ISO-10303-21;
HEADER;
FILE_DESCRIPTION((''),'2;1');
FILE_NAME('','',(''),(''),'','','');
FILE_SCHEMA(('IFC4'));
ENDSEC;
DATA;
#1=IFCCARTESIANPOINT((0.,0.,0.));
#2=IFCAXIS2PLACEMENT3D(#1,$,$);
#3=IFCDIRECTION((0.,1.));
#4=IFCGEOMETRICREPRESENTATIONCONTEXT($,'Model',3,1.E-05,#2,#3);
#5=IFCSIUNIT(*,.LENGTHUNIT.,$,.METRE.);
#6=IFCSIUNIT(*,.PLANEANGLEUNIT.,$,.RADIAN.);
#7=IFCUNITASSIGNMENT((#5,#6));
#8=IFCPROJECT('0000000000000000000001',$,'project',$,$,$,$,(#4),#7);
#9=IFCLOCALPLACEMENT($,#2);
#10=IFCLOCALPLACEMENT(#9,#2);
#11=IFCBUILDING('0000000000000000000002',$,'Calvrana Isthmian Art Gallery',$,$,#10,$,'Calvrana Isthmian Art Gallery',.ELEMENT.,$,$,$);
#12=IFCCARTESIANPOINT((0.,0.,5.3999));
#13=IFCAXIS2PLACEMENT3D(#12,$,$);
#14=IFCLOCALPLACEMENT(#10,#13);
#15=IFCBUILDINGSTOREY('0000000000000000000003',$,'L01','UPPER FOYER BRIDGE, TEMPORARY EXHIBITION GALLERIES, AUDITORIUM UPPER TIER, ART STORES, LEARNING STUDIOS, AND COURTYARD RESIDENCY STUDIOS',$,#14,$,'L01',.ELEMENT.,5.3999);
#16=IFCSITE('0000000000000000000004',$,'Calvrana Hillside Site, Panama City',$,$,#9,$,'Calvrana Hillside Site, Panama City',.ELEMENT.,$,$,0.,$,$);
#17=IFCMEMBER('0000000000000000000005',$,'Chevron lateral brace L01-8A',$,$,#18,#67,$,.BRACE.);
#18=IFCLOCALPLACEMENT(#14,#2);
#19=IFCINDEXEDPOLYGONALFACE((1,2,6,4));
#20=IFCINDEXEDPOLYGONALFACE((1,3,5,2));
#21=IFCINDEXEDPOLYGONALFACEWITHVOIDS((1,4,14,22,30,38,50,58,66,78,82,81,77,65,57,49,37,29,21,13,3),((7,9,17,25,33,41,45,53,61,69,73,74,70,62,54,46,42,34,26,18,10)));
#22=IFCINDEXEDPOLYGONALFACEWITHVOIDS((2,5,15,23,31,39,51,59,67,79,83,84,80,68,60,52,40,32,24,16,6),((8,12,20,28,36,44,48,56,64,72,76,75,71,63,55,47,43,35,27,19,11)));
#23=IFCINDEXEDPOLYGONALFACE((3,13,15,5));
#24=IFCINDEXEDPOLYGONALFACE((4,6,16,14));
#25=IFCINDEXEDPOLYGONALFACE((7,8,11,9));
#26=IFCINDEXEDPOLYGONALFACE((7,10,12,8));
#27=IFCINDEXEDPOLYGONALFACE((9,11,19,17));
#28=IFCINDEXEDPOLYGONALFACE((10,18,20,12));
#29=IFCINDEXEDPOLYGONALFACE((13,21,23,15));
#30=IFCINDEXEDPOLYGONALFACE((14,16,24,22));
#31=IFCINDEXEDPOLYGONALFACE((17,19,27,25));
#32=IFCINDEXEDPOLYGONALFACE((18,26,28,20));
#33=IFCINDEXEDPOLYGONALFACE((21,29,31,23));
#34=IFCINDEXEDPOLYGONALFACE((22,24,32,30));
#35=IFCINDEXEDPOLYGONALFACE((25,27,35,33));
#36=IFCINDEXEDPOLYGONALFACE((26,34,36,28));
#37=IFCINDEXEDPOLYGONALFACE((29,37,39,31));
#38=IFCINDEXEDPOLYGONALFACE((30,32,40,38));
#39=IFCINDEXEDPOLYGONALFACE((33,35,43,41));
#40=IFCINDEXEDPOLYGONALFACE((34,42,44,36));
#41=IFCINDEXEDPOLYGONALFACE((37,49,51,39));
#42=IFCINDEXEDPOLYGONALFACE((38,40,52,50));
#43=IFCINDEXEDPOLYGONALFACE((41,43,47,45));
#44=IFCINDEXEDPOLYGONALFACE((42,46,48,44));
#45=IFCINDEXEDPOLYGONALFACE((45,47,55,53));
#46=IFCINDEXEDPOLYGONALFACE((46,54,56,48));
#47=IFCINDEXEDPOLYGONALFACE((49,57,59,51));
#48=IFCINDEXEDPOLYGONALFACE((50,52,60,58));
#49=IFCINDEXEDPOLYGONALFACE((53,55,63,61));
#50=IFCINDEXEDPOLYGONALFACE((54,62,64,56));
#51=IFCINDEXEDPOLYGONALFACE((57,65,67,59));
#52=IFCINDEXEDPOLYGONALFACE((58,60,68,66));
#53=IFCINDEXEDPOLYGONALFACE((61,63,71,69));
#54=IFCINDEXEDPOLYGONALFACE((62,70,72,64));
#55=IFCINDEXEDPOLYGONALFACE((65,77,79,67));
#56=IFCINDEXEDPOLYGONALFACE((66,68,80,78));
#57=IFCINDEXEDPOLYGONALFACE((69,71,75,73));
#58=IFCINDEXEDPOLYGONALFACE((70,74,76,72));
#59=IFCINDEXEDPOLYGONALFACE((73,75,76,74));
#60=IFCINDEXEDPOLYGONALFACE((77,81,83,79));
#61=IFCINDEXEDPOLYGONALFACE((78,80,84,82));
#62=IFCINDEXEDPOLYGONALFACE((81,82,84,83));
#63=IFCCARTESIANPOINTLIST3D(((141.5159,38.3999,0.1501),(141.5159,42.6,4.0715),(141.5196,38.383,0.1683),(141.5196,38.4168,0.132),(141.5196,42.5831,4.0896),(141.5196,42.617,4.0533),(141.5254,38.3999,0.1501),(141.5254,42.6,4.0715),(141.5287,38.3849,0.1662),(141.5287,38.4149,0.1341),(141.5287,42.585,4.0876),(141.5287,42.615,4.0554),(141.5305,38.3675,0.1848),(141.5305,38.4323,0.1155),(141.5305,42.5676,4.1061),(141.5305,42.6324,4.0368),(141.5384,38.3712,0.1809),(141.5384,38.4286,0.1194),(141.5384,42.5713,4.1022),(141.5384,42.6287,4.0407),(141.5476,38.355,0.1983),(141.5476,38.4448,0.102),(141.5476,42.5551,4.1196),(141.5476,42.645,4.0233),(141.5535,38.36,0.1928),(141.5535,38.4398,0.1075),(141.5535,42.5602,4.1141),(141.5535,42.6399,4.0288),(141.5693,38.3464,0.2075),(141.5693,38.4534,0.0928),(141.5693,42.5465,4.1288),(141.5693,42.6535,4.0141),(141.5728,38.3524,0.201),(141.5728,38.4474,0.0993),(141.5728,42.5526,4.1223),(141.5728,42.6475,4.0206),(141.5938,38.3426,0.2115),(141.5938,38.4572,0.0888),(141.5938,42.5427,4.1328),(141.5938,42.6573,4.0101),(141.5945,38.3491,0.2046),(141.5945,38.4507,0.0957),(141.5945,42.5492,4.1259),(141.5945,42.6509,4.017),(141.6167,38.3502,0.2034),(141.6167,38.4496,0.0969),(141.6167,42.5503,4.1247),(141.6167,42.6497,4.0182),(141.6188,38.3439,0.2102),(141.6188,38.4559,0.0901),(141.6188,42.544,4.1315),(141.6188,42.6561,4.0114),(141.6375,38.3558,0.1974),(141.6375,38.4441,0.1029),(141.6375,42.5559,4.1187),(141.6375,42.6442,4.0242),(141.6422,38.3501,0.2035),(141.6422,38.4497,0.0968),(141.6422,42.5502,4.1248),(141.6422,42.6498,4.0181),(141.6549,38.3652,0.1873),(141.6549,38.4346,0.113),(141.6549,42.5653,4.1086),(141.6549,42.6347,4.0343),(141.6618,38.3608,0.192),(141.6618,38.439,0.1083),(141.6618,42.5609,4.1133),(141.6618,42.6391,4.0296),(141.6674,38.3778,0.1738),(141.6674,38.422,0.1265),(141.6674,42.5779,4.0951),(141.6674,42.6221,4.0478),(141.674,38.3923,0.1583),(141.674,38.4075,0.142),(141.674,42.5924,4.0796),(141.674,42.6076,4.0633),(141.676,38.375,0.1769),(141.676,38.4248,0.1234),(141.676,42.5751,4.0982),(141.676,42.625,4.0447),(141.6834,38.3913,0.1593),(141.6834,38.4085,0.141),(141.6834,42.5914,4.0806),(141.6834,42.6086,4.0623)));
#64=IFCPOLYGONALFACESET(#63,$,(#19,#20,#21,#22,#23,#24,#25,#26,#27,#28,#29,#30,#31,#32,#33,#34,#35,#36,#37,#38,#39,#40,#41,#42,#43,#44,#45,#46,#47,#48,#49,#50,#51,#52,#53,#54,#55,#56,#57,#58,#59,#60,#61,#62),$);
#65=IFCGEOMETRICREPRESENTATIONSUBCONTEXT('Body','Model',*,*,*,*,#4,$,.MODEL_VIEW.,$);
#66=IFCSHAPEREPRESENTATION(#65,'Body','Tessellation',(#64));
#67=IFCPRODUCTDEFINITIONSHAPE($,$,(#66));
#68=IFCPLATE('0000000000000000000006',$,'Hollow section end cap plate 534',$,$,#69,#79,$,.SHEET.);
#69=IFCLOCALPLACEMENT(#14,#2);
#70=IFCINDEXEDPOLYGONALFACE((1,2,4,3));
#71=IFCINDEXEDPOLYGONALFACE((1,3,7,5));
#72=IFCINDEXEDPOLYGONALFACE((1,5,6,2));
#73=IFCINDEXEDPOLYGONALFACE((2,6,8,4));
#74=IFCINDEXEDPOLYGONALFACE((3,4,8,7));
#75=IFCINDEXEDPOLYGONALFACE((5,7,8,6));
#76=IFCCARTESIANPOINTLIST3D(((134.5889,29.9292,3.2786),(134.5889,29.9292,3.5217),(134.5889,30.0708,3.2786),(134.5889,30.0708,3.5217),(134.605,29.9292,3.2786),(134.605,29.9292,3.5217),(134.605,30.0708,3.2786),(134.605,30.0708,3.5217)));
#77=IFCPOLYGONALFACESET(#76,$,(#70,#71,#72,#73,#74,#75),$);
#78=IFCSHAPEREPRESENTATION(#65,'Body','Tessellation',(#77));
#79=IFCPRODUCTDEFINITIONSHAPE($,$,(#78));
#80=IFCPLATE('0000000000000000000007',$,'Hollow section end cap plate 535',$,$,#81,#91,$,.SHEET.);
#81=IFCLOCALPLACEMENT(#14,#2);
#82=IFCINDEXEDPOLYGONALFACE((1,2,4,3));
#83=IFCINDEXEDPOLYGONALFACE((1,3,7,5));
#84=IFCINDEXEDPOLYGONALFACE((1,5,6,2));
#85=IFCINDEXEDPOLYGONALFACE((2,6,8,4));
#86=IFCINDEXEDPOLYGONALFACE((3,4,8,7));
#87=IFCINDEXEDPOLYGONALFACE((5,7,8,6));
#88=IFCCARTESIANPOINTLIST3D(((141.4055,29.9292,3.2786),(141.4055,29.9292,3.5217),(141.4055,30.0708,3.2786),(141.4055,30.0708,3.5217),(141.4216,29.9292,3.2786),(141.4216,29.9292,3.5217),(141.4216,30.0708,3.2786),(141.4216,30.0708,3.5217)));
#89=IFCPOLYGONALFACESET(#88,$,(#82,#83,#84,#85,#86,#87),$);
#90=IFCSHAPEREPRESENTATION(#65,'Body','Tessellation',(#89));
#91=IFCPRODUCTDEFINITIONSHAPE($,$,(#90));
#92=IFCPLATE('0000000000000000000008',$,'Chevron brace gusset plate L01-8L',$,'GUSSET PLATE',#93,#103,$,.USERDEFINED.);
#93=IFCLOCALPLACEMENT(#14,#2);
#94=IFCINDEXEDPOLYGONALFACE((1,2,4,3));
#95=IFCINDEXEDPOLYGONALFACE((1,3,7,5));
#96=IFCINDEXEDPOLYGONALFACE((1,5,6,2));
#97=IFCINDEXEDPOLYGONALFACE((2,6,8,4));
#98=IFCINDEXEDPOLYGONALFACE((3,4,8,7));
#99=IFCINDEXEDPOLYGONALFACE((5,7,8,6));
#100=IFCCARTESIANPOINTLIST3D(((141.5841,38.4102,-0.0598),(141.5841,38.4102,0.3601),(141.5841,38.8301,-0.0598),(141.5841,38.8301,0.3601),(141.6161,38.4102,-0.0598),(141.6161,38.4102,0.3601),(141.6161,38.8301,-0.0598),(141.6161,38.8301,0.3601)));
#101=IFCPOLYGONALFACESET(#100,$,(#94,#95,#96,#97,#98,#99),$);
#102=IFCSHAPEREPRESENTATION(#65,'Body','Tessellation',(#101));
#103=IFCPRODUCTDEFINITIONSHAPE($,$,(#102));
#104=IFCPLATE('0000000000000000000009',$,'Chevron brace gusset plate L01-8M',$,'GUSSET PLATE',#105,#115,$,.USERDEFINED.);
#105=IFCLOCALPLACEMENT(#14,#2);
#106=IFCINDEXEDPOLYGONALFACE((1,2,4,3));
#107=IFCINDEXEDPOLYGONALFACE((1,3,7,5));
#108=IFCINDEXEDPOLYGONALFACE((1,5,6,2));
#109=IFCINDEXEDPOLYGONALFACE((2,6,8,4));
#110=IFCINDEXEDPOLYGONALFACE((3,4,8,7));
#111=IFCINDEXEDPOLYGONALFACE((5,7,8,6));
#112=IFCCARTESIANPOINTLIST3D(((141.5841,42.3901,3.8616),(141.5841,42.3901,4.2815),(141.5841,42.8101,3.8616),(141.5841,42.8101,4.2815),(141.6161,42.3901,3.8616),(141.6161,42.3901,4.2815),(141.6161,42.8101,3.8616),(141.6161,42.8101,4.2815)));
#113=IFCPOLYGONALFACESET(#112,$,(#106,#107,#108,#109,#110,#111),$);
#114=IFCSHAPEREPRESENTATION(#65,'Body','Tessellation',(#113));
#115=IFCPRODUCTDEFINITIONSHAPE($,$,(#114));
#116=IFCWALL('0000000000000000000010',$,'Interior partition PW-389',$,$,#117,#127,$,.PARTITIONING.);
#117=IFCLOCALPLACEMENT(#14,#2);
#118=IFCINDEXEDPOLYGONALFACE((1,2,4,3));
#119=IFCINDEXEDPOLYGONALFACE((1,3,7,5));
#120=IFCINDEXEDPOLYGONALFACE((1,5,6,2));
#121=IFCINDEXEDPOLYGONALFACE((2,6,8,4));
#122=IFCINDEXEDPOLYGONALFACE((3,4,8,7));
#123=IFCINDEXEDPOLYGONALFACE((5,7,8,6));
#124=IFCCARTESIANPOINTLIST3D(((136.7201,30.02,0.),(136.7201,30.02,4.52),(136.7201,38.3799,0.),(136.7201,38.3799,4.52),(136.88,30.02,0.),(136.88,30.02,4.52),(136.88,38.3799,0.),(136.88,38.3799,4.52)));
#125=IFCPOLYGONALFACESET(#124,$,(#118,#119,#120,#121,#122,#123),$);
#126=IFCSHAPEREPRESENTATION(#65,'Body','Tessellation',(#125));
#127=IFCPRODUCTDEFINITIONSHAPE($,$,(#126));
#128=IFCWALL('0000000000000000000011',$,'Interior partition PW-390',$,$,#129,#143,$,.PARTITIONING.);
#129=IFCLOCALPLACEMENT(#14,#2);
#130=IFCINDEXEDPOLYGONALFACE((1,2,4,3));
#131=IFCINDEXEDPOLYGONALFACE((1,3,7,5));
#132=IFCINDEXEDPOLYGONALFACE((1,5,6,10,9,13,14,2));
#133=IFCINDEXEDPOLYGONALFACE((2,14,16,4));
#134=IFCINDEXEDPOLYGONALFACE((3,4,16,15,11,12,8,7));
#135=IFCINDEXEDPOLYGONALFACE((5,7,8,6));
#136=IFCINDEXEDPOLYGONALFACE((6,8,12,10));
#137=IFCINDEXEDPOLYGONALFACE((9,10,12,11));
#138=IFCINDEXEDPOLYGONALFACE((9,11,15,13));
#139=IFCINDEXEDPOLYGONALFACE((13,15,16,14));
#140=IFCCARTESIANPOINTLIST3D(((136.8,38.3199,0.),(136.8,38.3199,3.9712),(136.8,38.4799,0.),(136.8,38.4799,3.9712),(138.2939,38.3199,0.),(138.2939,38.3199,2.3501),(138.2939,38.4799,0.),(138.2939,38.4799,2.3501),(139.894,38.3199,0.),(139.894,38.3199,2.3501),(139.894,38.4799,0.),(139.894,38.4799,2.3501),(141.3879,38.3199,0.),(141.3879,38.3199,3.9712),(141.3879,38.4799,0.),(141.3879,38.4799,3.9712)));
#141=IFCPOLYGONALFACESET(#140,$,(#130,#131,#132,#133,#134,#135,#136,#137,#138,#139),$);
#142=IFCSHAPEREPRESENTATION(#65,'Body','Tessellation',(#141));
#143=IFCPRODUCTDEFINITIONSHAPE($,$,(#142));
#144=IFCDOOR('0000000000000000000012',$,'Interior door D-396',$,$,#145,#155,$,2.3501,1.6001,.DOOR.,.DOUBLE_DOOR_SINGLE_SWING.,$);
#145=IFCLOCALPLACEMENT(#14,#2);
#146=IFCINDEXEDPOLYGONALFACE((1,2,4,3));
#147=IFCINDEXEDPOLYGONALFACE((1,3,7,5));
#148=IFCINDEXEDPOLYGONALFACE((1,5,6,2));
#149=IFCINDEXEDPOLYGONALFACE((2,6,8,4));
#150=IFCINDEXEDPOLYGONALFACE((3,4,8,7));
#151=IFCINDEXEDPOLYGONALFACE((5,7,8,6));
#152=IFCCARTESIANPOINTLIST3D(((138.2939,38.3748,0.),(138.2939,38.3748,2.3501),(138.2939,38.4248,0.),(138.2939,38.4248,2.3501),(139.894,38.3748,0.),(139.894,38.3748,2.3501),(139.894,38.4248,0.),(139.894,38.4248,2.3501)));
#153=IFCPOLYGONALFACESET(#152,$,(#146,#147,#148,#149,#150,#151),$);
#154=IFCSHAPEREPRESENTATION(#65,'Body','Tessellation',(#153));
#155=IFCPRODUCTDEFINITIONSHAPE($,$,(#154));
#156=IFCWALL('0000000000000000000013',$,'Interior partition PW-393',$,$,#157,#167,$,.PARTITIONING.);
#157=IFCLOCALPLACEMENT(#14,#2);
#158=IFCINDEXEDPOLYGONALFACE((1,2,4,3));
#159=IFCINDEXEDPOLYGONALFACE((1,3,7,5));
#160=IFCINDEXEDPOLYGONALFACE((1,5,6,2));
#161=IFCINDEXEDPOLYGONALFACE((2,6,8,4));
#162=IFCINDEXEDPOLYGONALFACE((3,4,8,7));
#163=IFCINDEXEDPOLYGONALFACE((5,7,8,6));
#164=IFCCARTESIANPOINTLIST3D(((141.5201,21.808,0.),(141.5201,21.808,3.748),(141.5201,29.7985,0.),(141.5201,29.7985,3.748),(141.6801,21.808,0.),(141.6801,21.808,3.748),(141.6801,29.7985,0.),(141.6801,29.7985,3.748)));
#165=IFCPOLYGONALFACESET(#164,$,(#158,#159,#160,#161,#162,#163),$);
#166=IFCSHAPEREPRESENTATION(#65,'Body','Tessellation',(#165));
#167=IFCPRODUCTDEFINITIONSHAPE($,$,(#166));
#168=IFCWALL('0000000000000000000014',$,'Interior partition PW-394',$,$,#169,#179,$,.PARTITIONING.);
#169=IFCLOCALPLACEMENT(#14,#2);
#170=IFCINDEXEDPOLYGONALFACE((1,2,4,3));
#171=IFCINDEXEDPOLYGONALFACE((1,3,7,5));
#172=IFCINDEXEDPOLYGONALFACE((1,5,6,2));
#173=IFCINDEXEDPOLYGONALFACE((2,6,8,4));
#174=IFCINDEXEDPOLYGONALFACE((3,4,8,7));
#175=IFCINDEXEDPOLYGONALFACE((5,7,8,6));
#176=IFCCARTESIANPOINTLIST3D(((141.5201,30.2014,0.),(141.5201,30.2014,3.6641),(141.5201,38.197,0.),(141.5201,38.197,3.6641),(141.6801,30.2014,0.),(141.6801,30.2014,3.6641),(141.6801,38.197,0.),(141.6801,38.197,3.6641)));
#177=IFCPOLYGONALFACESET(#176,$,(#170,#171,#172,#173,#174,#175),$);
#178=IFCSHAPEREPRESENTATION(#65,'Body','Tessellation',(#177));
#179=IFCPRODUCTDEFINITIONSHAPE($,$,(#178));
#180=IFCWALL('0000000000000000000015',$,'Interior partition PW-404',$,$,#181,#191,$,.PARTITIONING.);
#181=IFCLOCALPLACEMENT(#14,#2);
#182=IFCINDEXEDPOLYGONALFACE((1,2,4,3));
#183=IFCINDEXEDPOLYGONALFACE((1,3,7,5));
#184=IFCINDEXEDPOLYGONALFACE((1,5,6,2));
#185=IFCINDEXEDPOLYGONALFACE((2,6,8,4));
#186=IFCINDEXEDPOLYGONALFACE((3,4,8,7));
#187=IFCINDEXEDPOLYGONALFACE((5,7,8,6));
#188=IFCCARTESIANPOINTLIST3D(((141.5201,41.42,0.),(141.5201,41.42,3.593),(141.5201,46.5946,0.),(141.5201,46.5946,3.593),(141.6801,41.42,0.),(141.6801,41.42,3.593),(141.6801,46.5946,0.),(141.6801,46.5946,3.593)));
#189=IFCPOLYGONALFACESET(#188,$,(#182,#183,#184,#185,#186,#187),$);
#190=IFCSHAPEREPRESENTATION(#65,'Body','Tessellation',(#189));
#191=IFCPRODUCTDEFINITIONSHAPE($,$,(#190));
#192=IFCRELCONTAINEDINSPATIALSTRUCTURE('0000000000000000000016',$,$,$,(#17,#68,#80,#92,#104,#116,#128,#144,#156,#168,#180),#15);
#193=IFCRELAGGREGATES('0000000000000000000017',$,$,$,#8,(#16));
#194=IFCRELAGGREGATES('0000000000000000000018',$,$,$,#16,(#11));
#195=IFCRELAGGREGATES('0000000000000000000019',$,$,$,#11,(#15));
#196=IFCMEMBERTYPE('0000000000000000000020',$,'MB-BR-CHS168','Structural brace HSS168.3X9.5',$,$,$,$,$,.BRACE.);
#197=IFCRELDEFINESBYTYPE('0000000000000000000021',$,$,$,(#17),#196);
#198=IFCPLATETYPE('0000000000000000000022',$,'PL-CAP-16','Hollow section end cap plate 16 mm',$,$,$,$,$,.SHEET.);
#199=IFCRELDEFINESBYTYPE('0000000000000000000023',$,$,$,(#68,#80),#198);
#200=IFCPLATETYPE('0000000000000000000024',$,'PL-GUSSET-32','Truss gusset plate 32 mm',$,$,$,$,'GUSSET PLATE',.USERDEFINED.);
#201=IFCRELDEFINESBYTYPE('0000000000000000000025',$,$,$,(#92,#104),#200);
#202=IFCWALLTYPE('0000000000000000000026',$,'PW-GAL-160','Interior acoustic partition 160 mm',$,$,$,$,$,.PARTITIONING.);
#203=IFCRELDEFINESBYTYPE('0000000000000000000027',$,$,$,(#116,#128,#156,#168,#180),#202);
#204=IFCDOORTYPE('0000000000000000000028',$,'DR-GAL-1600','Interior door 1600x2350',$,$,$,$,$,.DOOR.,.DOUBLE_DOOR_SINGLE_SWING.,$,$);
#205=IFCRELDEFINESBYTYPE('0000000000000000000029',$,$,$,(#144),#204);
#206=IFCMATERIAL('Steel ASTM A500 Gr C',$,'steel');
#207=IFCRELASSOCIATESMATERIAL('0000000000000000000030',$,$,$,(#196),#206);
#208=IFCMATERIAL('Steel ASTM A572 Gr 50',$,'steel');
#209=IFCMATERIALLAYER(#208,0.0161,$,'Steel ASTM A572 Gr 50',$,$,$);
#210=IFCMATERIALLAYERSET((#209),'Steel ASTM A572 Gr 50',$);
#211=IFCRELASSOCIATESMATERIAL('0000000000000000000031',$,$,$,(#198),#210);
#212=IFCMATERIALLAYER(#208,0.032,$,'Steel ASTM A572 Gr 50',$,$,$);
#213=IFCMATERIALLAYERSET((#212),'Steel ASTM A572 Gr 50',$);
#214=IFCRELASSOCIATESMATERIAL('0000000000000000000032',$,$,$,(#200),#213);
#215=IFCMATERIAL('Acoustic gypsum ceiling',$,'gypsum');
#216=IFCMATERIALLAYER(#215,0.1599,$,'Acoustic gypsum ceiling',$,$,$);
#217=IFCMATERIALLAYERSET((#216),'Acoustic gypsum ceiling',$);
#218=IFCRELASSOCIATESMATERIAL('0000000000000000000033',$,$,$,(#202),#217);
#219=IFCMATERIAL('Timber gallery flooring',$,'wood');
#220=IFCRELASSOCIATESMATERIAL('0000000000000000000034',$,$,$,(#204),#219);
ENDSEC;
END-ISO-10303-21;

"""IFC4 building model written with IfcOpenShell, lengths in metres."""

from ifc_helpers import new_model, si_unit, direction, frame, frame_2d, origin, origin_2d, place, context, subcontext, project, spatial, rectangle, hollow_circle, extrude, material, layer, layer_set, material_profile, profile_set, type_object, element, fill, save


model = new_model("IFC4")

# Units and contexts
model_context = context("Model", 3, precision=1e-05, world=origin(), true_north=direction((0.0, 1.0)))
body_context = subcontext(model_context, "Body", "Model", "MODEL_VIEW")
ifc_project = project(units=[si_unit("LENGTHUNIT", "METRE"), si_unit("PLANEANGLEUNIT", "RADIAN")], contexts=[model_context])

# Site, building, storey
site_placement = place(None, origin())
site = spatial("IfcSite", under=ifc_project, at=site_placement, Name="Calvrana Hillside Site, Panama City", LongName="Calvrana Hillside Site, Panama City", CompositionType="ELEMENT", RefElevation=0.0)
building_placement = place(site_placement, origin())
building = spatial("IfcBuilding", under=site, at=building_placement, Name="Calvrana Isthmian Art Gallery", LongName="Calvrana Isthmian Art Gallery", CompositionType="ELEMENT")
storey_placement = place(building_placement, frame((0.0, 0.0, 5.3999)))
storey = spatial("IfcBuildingStorey", under=building, at=storey_placement, Name="L01", Description="UPPER FOYER BRIDGE, TEMPORARY EXHIBITION GALLERIES, AUDITORIUM UPPER TIER, ART STORES, LEARNING STUDIOS, AND COURTYARD RESIDENCY STUDIOS", LongName="L01", CompositionType="ELEMENT", Elevation=5.3999)

# Shared definitions
ifc_material_1 = material(Name="Steel ASTM A500 Gr C", Category="steel")

# Member
ifc_material_profile_1 = material_profile(ifc_material_1, hollow_circle(Radius=0.0842, WallThickness=0.0095, at=origin_2d()), Name="HSS168.3X9.5")
ifc_profile_set_1 = profile_set([ifc_material_profile_1], Name="Steel ASTM A500 Gr C")
member_type = type_object("IfcMemberType", Name="MB-BR-CHS168", Description="Structural brace HSS168.3X9.5", PredefinedType="BRACE", material=ifc_profile_set_1)
member_placement = place(storey_placement, frame((141.6001, 38.3999, 0.1501), z_axis=(0.0, 0.730951, 0.68243), x_axis=(-1.0, 0.0, 0.0)))
element("IfcMember", 1, at=member_placement, inside=storey, type_object=member_type, Name="Chevron lateral brace L01-8A", PredefinedType="BRACE", context=body_context, shape_type="SweptSolid", body=[
    extrude(hollow_circle(Radius=0.0842, WallThickness=0.0095, at=origin_2d()), origin(), (0.0, 0.0, 1.0), 5.7461),
])

# Plates
ifc_material_2 = material(Name="Steel ASTM A572 Gr 50", Category="steel")
ifc_layer_1 = layer(ifc_material_2, 0.0161, Name="Steel ASTM A572 Gr 50")
ifc_layer_set_1 = layer_set([ifc_layer_1], Name="Steel ASTM A572 Gr 50")
plate_type_1 = type_object("IfcPlateType", Name="PL-CAP-16", Description="Hollow section end cap plate 16 mm", PredefinedType="SHEET", material=ifc_layer_set_1)
for number, where, z_axis, x_axis, name in (
    (2, (134.5969, 30.0, 3.2786), (0.0, 0.0, 1.0), (1.0, 0.0, 0.0), "Hollow section end cap plate 534"),
    (3, (141.4136, 30.0, 3.2786), (0.0, 0.0, 1.0), (1.0, 0.0, 0.0), "Hollow section end cap plate 535"),
):
    element("IfcPlate", number, at=place(storey_placement, frame(where, z_axis=z_axis, x_axis=x_axis)), inside=storey, type_object=plate_type_1, Name=name, PredefinedType="SHEET", context=body_context, shape_type="SweptSolid", body=[
        extrude(rectangle(XDim=0.0161, YDim=0.1416, at=origin_2d()), origin(), (0.0, 0.0, 1.0), 0.2432),
    ])
ifc_layer_2 = layer(ifc_material_2, 0.032, Name="Steel ASTM A572 Gr 50")
ifc_layer_set_2 = layer_set([ifc_layer_2], Name="Steel ASTM A572 Gr 50")
plate_type_2 = type_object("IfcPlateType", Name="PL-GUSSET-32", Description="Truss gusset plate 32 mm", ElementType="GUSSET PLATE", PredefinedType="USERDEFINED", material=ifc_layer_set_2)
for number, where, z_axis, x_axis, name in (
    (4, (141.6001, 38.6201, -0.0598), (0.0, 0.0, 1.0), (1.0, 0.0, 0.0), "Chevron brace gusset plate L01-8L"),
    (5, (141.6001, 42.6001, 3.8616), (0.0, 0.0, 1.0), (1.0, 0.0, 0.0), "Chevron brace gusset plate L01-8M"),
):
    element("IfcPlate", number, at=place(storey_placement, frame(where, z_axis=z_axis, x_axis=x_axis)), inside=storey, type_object=plate_type_2, Name=name, ObjectType="GUSSET PLATE", PredefinedType="USERDEFINED", context=body_context, shape_type="SweptSolid", body=[
        extrude(rectangle(XDim=0.032, YDim=0.4199, at=origin_2d()), origin(), (0.0, 0.0, 1.0), 0.4199),
    ])

# Wall
ifc_material_3 = material(Name="Acoustic gypsum ceiling", Category="gypsum")
ifc_layer_3 = layer(ifc_material_3, 0.1599, Name="Acoustic gypsum ceiling")
ifc_layer_set_3 = layer_set([ifc_layer_3], Name="Acoustic gypsum ceiling")
wall_type = type_object("IfcWallType", Name="PW-GAL-160", Description="Interior acoustic partition 160 mm", PredefinedType="PARTITIONING", material=ifc_layer_set_3)
wall_1_placement = place(storey_placement, frame((136.8, 30.02, 0.0), z_axis=(0.0, 0.0, 1.0), x_axis=(0.0, 1.0, 0.0)))
element("IfcWall", 6, at=wall_1_placement, inside=storey, type_object=wall_type, Name="Interior partition PW-389", PredefinedType="PARTITIONING", context=body_context, shape_type="SweptSolid", body=[
    extrude(rectangle(XDim=8.3599, YDim=0.1599, at=frame_2d((4.1799, 0.0))), origin(), (0.0, 0.0, 1.0), 4.52),
])

# Wall, opening, door
wall_2_placement = place(storey_placement, frame((136.8, 38.3999, 0.0), z_axis=(0.0, 0.0, 1.0), x_axis=(1.0, 0.0, 0.0)))
wall_2 = element("IfcWall", 7, at=wall_2_placement, inside=storey, type_object=wall_type, Name="Interior partition PW-390", PredefinedType="PARTITIONING", context=body_context, shape_type="SweptSolid", body=[
    extrude(rectangle(XDim=4.5879, YDim=0.1599, at=frame_2d((2.2939, 0.0))), origin(), (0.0, 0.0, 1.0), 3.9712),
])
opening_1_placement = place(wall_2_placement, frame((1.4939, 0.0, 0.0)))
opening_1 = element("IfcOpeningElement", 8, at=opening_1_placement, cuts=wall_2, PredefinedType="OPENING", context=body_context, shape_type="SweptSolid", body=[
    extrude(rectangle(XDim=1.6001, YDim=2.3501, at=frame_2d((0.8, 1.175))), frame((0.0, 0.0903, 0.0), z_axis=(0.0, -1.0, 0.0), x_axis=(1.0, 0.0, 0.0)), (0.0, 0.0, 1.0), 0.1804),
])
ifc_material_4 = material(Name="Timber gallery flooring", Category="wood")
door_type_1 = type_object("IfcDoorType", Name="DR-GAL-1600", Description="Interior door 1600x2350", OperationType="DOUBLE_DOOR_SINGLE_SWING", PredefinedType="DOOR", material=ifc_material_4)
door_1_placement = place(opening_1_placement, origin())
door_1 = element("IfcDoor", 9, at=door_1_placement, inside=storey, type_object=door_type_1, Name="Interior door D-396", OperationType="DOUBLE_DOOR_SINGLE_SWING", OverallHeight=2.3501, OverallWidth=1.6001, PredefinedType="DOOR", context=body_context, shape_type="SweptSolid", body=[
    extrude(rectangle(XDim=1.6001, YDim=2.3501, at=frame_2d((0.8, 1.175))), frame((0.0, 0.0249, 0.0), z_axis=(0.0, -1.0, 0.0), x_axis=(1.0, 0.0, 0.0)), (0.0, 0.0, 1.0), 0.05),
])
fill(opening_1, door_1)

# Walls
wall_3_placement = place(storey_placement, frame((141.6001, 21.8081, 0.0), z_axis=(0.0, 0.0, 1.0), x_axis=(0.0, 1.0, 0.0)))
element("IfcWall", 10, at=wall_3_placement, inside=storey, type_object=wall_type, Name="Interior partition PW-393", PredefinedType="PARTITIONING", context=body_context, shape_type="SweptSolid", body=[
    extrude(rectangle(XDim=7.9905, YDim=0.1599, at=frame_2d((3.9951, 0.0))), origin(), (0.0, 0.0, 1.0), 3.748),
])
wall_4_placement = place(storey_placement, frame((141.6001, 30.2014, 0.0), z_axis=(0.0, 0.0, 1.0), x_axis=(0.0, 1.0, 0.0)))
element("IfcWall", 11, at=wall_4_placement, inside=storey, type_object=wall_type, Name="Interior partition PW-394", PredefinedType="PARTITIONING", context=body_context, shape_type="SweptSolid", body=[
    extrude(rectangle(XDim=7.9956, YDim=0.1599, at=frame_2d((3.9978, 0.0))), origin(), (0.0, 0.0, 1.0), 3.6641),
])

# Wall
wall_5_placement = place(storey_placement, frame((141.6001, 41.4199, 0.0), z_axis=(0.0, 0.0, 1.0), x_axis=(0.0, 1.0, 0.0)))
element("IfcWall", 12, at=wall_5_placement, inside=storey, type_object=wall_type, Name="Interior partition PW-404", PredefinedType="PARTITIONING", context=body_context, shape_type="SweptSolid", body=[
    extrude(rectangle(XDim=5.1746, YDim=0.1599, at=frame_2d((2.5874, 0.0))), origin(), (0.0, 0.0, 1.0), 3.593),
])

save(model, "model.ifc")
